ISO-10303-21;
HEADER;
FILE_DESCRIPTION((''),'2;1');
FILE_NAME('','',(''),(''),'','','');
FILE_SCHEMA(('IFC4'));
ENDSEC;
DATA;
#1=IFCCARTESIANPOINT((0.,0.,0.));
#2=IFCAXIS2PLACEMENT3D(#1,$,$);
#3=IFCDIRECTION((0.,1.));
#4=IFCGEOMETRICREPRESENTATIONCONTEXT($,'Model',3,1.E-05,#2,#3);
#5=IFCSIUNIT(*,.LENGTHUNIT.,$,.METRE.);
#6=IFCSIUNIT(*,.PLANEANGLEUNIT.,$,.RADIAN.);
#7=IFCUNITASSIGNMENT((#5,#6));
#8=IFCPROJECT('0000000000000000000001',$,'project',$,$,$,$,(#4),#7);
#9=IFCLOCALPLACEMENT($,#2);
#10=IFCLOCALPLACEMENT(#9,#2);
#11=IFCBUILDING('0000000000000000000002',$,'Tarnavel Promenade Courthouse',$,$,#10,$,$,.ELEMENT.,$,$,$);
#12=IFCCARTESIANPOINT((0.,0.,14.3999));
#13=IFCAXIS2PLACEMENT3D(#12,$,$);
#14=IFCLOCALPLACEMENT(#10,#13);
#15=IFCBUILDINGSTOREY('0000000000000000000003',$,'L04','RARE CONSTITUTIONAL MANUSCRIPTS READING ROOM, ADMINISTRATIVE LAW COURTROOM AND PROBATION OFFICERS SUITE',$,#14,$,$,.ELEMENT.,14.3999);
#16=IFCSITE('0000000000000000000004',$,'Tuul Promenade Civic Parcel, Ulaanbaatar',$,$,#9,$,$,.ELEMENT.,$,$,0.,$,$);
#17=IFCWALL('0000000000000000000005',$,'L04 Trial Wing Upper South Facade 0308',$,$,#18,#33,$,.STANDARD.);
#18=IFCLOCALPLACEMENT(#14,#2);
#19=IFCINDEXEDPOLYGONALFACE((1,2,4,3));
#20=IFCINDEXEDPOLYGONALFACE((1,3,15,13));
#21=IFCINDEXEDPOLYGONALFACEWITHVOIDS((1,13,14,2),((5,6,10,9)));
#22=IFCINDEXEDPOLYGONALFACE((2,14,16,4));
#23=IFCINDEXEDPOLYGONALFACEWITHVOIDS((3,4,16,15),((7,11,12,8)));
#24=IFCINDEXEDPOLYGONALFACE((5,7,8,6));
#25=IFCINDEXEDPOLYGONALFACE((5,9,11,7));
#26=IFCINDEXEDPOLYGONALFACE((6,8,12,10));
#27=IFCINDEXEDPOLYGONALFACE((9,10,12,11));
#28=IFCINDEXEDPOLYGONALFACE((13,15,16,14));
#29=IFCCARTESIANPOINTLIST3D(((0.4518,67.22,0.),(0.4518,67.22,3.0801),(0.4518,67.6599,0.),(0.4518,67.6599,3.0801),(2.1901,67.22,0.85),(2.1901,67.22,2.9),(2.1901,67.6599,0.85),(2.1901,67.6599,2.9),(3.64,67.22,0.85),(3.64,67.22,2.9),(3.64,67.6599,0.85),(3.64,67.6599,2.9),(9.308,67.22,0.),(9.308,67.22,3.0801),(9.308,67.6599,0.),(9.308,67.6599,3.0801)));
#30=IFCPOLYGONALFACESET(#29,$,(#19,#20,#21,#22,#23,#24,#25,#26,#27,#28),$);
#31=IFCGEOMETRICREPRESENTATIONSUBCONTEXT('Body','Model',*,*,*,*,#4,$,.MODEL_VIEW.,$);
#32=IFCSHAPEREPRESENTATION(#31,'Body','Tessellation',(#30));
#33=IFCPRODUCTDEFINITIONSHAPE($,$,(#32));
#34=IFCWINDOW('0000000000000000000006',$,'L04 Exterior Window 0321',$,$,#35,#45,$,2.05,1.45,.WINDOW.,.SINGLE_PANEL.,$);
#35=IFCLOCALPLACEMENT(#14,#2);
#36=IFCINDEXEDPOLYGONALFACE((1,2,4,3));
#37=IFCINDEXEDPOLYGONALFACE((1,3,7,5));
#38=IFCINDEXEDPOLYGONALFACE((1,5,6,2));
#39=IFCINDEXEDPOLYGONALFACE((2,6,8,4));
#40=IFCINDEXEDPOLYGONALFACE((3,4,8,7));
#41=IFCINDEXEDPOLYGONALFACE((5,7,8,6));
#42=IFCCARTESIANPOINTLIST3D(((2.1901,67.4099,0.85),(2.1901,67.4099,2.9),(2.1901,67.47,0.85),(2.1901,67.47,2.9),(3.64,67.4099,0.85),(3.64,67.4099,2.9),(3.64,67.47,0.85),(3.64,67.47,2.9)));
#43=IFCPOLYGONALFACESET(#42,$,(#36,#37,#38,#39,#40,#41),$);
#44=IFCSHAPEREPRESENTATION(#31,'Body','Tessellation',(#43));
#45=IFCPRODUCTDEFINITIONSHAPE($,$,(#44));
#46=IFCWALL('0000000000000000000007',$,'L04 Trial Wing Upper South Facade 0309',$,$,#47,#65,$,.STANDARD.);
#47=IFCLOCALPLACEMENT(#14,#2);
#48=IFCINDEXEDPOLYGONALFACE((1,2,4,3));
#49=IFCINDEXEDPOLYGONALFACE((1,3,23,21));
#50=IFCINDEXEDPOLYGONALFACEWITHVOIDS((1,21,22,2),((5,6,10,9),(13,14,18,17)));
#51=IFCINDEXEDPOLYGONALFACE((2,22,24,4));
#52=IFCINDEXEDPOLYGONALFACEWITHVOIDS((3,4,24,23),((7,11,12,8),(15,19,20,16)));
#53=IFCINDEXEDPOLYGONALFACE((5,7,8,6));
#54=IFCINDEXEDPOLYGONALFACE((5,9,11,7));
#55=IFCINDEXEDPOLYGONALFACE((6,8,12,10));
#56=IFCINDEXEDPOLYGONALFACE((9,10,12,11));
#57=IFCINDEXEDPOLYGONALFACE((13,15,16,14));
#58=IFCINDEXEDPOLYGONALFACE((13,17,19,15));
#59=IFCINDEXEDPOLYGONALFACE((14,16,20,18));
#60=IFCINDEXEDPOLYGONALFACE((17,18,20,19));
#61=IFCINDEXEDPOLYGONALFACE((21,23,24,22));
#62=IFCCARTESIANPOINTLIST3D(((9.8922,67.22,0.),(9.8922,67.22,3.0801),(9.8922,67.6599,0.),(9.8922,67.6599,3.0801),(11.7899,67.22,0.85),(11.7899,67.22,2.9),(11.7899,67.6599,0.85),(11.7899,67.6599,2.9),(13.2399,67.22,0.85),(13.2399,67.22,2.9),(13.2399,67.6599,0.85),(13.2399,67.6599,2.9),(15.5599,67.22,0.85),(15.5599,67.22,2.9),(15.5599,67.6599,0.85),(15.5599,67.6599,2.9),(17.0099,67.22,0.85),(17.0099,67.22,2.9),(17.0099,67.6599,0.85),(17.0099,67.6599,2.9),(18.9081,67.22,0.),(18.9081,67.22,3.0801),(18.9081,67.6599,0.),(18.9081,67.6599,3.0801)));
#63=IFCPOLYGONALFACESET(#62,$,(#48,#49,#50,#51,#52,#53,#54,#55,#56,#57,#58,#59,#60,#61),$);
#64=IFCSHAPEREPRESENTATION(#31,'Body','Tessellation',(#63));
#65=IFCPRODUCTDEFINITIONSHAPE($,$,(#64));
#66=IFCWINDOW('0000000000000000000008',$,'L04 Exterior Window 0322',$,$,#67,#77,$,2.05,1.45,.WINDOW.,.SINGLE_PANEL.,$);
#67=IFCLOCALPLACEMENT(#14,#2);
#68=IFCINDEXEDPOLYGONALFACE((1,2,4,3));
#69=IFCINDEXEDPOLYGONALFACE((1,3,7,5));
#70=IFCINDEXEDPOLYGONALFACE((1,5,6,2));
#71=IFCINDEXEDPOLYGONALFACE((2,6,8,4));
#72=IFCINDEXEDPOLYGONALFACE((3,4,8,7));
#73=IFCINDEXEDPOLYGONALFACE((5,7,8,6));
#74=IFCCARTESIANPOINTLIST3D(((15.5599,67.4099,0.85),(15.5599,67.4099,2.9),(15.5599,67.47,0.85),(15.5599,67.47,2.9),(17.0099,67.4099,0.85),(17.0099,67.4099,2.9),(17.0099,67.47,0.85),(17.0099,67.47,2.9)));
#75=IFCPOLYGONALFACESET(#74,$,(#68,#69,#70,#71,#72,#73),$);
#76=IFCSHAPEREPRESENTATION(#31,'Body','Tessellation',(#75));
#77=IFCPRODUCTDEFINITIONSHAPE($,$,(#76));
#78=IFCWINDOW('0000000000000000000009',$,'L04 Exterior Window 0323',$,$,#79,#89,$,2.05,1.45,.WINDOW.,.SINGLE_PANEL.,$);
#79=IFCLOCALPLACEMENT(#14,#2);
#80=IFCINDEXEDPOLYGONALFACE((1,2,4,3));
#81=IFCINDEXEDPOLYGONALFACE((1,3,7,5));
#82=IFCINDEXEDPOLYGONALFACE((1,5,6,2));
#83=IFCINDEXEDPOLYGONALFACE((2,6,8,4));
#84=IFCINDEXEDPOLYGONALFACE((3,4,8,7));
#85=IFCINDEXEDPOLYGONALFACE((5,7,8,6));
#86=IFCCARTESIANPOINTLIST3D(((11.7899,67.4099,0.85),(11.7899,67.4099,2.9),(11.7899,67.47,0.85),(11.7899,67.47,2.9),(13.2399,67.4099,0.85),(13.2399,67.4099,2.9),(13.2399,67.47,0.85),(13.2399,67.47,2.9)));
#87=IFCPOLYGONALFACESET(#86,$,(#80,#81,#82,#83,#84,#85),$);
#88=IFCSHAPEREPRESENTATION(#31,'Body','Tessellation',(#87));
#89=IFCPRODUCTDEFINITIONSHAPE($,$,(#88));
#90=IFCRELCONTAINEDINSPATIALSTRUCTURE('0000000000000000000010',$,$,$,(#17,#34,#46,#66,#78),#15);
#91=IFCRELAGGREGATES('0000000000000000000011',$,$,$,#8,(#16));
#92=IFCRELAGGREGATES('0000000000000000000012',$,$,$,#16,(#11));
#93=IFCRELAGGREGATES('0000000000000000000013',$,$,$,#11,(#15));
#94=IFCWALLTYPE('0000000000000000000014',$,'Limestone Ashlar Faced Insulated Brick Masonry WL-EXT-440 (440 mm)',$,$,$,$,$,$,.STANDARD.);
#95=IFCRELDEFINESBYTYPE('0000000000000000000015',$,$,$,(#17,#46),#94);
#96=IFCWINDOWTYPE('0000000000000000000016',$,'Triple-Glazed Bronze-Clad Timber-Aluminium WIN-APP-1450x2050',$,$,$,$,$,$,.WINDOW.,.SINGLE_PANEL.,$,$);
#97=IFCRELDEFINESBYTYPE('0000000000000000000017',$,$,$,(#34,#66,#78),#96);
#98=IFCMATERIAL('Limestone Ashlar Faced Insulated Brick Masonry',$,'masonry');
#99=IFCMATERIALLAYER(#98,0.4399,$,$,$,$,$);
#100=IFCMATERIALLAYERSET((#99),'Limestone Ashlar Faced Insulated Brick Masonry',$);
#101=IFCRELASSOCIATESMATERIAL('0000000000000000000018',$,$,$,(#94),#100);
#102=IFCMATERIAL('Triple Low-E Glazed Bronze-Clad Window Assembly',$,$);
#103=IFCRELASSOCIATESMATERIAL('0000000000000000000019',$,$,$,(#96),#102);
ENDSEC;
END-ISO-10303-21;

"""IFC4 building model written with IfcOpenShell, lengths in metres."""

from ifc_helpers import new_model, si_unit, direction, frame, frame_2d, origin, place, context, subcontext, project, spatial, rectangle, extrude, material, layer, layer_set, type_object, element, fill, save


model = new_model("IFC4")

# Units and contexts
model_context = context("Model", 3, precision=1e-05, world=origin(), true_north=direction((0.0, 1.0)))
body_context = subcontext(model_context, "Body", "Model", "MODEL_VIEW")
ifc_project = project(units=[si_unit("LENGTHUNIT", "METRE"), si_unit("PLANEANGLEUNIT", "RADIAN")], contexts=[model_context])

# Site, building, storey
site_placement = place(None, origin())
site = spatial("IfcSite", under=ifc_project, at=site_placement, Name="Tuul Promenade Civic Parcel, Ulaanbaatar", CompositionType="ELEMENT", RefElevation=0.0)
building_placement = place(site_placement, origin())
building = spatial("IfcBuilding", under=site, at=building_placement, Name="Tarnavel Promenade Courthouse", CompositionType="ELEMENT")
storey_placement = place(building_placement, frame((0.0, 0.0, 14.3999)))
storey = spatial("IfcBuildingStorey", under=building, at=storey_placement, Name="L04", Description="RARE CONSTITUTIONAL MANUSCRIPTS READING ROOM, ADMINISTRATIVE LAW COURTROOM AND PROBATION OFFICERS SUITE", CompositionType="ELEMENT", Elevation=14.3999)

# Shared definitions
ifc_material_1 = material(Name="Limestone Ashlar Faced Insulated Brick Masonry", Category="masonry")
ifc_layer_1 = layer(ifc_material_1, 0.4399)
ifc_layer_set_1 = layer_set([ifc_layer_1], Name="Limestone Ashlar Faced Insulated Brick Masonry")
wall_type_1 = type_object("IfcWallType", Name="Limestone Ashlar Faced Insulated Brick Masonry WL-EXT-440 (440 mm)", PredefinedType="STANDARD", material=ifc_layer_set_1)
ifc_material_2 = material(Name="Triple Low-E Glazed Bronze-Clad Window Assembly")
window_type = type_object("IfcWindowType", Name="Triple-Glazed Bronze-Clad Timber-Aluminium WIN-APP-1450x2050", PartitioningType="SINGLE_PANEL", PredefinedType="WINDOW", material=ifc_material_2)

# Wall, opening, window
wall_1_placement = place(storey_placement, frame((9.3081, 67.4399, 0.0), z_axis=(0.0, 0.0, 1.0), x_axis=(-1.0, 0.0, 0.0)))
wall_1 = element("IfcWall", 1, at=wall_1_placement, inside=storey, type_object=wall_type_1, Name="L04 Trial Wing Upper South Facade 0308", PredefinedType="STANDARD", context=body_context, shape_type="SweptSolid", body=[
    extrude(rectangle(XDim=8.8562, YDim=0.4399, at=frame_2d((4.4282, 0.0))), origin(), (0.0, 0.0, 1.0), 3.0801),
])
opening_1_placement = place(wall_1_placement, frame((5.668, 0.0, 0.8501)))
opening_1 = element("IfcOpeningElement", 2, at=opening_1_placement, cuts=wall_1, PredefinedType="OPENING", context=body_context, shape_type="SweptSolid", body=[
    extrude(rectangle(XDim=1.45, YDim=2.05, at=frame_2d((0.7251, 1.0249))), frame((0.0, 0.23, 0.0), z_axis=(0.0, -1.0, 0.0), x_axis=(1.0, 0.0, 0.0)), (0.0, 0.0, 1.0), 0.46),
])
window_1_placement = place(opening_1_placement, origin())
window_1 = element("IfcWindow", 3, at=window_1_placement, inside=storey, type_object=window_type, Name="L04 Exterior Window 0321", OverallHeight=2.05, OverallWidth=1.45, PartitioningType="SINGLE_PANEL", PredefinedType="WINDOW", context=body_context, shape_type="SweptSolid", body=[
    extrude(rectangle(XDim=1.45, YDim=2.05, at=frame_2d((0.7251, 1.0249))), frame((0.0, 0.03, 0.0), z_axis=(0.0, -1.0, 0.0), x_axis=(1.0, 0.0, 0.0)), (0.0, 0.0, 1.0), 0.0601),
])
fill(opening_1, window_1)

# Wall, openings, windows
wall_2_placement = place(storey_placement, frame((18.908, 67.4399, 0.0), z_axis=(0.0, 0.0, 1.0), x_axis=(-1.0, 0.0, 0.0)))
wall_2 = element("IfcWall", 4, at=wall_2_placement, inside=storey, type_object=wall_type_1, Name="L04 Trial Wing Upper South Facade 0309", PredefinedType="STANDARD", context=body_context, shape_type="SweptSolid", body=[
    extrude(rectangle(XDim=9.0159, YDim=0.4399, at=frame_2d((4.5078, 0.0))), origin(), (0.0, 0.0, 1.0), 3.0801),
])
opening_2_placement = place(wall_2_placement, frame((1.8979, 0.0, 0.8501)))
opening_2 = element("IfcOpeningElement", 5, at=opening_2_placement, cuts=wall_2, PredefinedType="OPENING", context=body_context, shape_type="SweptSolid", body=[
    extrude(rectangle(XDim=1.45, YDim=2.05, at=frame_2d((0.7251, 1.0249))), frame((0.0, 0.23, 0.0), z_axis=(0.0, -1.0, 0.0), x_axis=(1.0, 0.0, 0.0)), (0.0, 0.0, 1.0), 0.46),
])
opening_3_placement = place(wall_2_placement, frame((5.668, 0.0, 0.8501)))
opening_3 = element("IfcOpeningElement", 6, at=opening_3_placement, cuts=wall_2, PredefinedType="OPENING", context=body_context, shape_type="SweptSolid", body=[
    extrude(rectangle(XDim=1.45, YDim=2.05, at=frame_2d((0.7251, 1.0249))), frame((0.0, 0.23, 0.0), z_axis=(0.0, -1.0, 0.0), x_axis=(1.0, 0.0, 0.0)), (0.0, 0.0, 1.0), 0.46),
])
window_2_placement = place(opening_2_placement, origin())
window_2 = element("IfcWindow", 7, at=window_2_placement, inside=storey, type_object=window_type, Name="L04 Exterior Window 0322", OverallHeight=2.05, OverallWidth=1.45, PartitioningType="SINGLE_PANEL", PredefinedType="WINDOW", context=body_context, shape_type="SweptSolid", body=[
    extrude(rectangle(XDim=1.45, YDim=2.05, at=frame_2d((0.7251, 1.0249))), frame((0.0, 0.03, 0.0), z_axis=(0.0, -1.0, 0.0), x_axis=(1.0, 0.0, 0.0)), (0.0, 0.0, 1.0), 0.0601),
])
fill(opening_2, window_2)
window_3_placement = place(opening_3_placement, origin())
window_3 = element("IfcWindow", 8, at=window_3_placement, inside=storey, type_object=window_type, Name="L04 Exterior Window 0323", OverallHeight=2.05, OverallWidth=1.45, PartitioningType="SINGLE_PANEL", PredefinedType="WINDOW", context=body_context, shape_type="SweptSolid", body=[
    extrude(rectangle(XDim=1.45, YDim=2.05, at=frame_2d((0.7251, 1.0249))), frame((0.0, 0.03, 0.0), z_axis=(0.0, -1.0, 0.0), x_axis=(1.0, 0.0, 0.0)), (0.0, 0.0, 1.0), 0.0601),
])
fill(opening_3, window_3)

save(model, "model.ifc")
